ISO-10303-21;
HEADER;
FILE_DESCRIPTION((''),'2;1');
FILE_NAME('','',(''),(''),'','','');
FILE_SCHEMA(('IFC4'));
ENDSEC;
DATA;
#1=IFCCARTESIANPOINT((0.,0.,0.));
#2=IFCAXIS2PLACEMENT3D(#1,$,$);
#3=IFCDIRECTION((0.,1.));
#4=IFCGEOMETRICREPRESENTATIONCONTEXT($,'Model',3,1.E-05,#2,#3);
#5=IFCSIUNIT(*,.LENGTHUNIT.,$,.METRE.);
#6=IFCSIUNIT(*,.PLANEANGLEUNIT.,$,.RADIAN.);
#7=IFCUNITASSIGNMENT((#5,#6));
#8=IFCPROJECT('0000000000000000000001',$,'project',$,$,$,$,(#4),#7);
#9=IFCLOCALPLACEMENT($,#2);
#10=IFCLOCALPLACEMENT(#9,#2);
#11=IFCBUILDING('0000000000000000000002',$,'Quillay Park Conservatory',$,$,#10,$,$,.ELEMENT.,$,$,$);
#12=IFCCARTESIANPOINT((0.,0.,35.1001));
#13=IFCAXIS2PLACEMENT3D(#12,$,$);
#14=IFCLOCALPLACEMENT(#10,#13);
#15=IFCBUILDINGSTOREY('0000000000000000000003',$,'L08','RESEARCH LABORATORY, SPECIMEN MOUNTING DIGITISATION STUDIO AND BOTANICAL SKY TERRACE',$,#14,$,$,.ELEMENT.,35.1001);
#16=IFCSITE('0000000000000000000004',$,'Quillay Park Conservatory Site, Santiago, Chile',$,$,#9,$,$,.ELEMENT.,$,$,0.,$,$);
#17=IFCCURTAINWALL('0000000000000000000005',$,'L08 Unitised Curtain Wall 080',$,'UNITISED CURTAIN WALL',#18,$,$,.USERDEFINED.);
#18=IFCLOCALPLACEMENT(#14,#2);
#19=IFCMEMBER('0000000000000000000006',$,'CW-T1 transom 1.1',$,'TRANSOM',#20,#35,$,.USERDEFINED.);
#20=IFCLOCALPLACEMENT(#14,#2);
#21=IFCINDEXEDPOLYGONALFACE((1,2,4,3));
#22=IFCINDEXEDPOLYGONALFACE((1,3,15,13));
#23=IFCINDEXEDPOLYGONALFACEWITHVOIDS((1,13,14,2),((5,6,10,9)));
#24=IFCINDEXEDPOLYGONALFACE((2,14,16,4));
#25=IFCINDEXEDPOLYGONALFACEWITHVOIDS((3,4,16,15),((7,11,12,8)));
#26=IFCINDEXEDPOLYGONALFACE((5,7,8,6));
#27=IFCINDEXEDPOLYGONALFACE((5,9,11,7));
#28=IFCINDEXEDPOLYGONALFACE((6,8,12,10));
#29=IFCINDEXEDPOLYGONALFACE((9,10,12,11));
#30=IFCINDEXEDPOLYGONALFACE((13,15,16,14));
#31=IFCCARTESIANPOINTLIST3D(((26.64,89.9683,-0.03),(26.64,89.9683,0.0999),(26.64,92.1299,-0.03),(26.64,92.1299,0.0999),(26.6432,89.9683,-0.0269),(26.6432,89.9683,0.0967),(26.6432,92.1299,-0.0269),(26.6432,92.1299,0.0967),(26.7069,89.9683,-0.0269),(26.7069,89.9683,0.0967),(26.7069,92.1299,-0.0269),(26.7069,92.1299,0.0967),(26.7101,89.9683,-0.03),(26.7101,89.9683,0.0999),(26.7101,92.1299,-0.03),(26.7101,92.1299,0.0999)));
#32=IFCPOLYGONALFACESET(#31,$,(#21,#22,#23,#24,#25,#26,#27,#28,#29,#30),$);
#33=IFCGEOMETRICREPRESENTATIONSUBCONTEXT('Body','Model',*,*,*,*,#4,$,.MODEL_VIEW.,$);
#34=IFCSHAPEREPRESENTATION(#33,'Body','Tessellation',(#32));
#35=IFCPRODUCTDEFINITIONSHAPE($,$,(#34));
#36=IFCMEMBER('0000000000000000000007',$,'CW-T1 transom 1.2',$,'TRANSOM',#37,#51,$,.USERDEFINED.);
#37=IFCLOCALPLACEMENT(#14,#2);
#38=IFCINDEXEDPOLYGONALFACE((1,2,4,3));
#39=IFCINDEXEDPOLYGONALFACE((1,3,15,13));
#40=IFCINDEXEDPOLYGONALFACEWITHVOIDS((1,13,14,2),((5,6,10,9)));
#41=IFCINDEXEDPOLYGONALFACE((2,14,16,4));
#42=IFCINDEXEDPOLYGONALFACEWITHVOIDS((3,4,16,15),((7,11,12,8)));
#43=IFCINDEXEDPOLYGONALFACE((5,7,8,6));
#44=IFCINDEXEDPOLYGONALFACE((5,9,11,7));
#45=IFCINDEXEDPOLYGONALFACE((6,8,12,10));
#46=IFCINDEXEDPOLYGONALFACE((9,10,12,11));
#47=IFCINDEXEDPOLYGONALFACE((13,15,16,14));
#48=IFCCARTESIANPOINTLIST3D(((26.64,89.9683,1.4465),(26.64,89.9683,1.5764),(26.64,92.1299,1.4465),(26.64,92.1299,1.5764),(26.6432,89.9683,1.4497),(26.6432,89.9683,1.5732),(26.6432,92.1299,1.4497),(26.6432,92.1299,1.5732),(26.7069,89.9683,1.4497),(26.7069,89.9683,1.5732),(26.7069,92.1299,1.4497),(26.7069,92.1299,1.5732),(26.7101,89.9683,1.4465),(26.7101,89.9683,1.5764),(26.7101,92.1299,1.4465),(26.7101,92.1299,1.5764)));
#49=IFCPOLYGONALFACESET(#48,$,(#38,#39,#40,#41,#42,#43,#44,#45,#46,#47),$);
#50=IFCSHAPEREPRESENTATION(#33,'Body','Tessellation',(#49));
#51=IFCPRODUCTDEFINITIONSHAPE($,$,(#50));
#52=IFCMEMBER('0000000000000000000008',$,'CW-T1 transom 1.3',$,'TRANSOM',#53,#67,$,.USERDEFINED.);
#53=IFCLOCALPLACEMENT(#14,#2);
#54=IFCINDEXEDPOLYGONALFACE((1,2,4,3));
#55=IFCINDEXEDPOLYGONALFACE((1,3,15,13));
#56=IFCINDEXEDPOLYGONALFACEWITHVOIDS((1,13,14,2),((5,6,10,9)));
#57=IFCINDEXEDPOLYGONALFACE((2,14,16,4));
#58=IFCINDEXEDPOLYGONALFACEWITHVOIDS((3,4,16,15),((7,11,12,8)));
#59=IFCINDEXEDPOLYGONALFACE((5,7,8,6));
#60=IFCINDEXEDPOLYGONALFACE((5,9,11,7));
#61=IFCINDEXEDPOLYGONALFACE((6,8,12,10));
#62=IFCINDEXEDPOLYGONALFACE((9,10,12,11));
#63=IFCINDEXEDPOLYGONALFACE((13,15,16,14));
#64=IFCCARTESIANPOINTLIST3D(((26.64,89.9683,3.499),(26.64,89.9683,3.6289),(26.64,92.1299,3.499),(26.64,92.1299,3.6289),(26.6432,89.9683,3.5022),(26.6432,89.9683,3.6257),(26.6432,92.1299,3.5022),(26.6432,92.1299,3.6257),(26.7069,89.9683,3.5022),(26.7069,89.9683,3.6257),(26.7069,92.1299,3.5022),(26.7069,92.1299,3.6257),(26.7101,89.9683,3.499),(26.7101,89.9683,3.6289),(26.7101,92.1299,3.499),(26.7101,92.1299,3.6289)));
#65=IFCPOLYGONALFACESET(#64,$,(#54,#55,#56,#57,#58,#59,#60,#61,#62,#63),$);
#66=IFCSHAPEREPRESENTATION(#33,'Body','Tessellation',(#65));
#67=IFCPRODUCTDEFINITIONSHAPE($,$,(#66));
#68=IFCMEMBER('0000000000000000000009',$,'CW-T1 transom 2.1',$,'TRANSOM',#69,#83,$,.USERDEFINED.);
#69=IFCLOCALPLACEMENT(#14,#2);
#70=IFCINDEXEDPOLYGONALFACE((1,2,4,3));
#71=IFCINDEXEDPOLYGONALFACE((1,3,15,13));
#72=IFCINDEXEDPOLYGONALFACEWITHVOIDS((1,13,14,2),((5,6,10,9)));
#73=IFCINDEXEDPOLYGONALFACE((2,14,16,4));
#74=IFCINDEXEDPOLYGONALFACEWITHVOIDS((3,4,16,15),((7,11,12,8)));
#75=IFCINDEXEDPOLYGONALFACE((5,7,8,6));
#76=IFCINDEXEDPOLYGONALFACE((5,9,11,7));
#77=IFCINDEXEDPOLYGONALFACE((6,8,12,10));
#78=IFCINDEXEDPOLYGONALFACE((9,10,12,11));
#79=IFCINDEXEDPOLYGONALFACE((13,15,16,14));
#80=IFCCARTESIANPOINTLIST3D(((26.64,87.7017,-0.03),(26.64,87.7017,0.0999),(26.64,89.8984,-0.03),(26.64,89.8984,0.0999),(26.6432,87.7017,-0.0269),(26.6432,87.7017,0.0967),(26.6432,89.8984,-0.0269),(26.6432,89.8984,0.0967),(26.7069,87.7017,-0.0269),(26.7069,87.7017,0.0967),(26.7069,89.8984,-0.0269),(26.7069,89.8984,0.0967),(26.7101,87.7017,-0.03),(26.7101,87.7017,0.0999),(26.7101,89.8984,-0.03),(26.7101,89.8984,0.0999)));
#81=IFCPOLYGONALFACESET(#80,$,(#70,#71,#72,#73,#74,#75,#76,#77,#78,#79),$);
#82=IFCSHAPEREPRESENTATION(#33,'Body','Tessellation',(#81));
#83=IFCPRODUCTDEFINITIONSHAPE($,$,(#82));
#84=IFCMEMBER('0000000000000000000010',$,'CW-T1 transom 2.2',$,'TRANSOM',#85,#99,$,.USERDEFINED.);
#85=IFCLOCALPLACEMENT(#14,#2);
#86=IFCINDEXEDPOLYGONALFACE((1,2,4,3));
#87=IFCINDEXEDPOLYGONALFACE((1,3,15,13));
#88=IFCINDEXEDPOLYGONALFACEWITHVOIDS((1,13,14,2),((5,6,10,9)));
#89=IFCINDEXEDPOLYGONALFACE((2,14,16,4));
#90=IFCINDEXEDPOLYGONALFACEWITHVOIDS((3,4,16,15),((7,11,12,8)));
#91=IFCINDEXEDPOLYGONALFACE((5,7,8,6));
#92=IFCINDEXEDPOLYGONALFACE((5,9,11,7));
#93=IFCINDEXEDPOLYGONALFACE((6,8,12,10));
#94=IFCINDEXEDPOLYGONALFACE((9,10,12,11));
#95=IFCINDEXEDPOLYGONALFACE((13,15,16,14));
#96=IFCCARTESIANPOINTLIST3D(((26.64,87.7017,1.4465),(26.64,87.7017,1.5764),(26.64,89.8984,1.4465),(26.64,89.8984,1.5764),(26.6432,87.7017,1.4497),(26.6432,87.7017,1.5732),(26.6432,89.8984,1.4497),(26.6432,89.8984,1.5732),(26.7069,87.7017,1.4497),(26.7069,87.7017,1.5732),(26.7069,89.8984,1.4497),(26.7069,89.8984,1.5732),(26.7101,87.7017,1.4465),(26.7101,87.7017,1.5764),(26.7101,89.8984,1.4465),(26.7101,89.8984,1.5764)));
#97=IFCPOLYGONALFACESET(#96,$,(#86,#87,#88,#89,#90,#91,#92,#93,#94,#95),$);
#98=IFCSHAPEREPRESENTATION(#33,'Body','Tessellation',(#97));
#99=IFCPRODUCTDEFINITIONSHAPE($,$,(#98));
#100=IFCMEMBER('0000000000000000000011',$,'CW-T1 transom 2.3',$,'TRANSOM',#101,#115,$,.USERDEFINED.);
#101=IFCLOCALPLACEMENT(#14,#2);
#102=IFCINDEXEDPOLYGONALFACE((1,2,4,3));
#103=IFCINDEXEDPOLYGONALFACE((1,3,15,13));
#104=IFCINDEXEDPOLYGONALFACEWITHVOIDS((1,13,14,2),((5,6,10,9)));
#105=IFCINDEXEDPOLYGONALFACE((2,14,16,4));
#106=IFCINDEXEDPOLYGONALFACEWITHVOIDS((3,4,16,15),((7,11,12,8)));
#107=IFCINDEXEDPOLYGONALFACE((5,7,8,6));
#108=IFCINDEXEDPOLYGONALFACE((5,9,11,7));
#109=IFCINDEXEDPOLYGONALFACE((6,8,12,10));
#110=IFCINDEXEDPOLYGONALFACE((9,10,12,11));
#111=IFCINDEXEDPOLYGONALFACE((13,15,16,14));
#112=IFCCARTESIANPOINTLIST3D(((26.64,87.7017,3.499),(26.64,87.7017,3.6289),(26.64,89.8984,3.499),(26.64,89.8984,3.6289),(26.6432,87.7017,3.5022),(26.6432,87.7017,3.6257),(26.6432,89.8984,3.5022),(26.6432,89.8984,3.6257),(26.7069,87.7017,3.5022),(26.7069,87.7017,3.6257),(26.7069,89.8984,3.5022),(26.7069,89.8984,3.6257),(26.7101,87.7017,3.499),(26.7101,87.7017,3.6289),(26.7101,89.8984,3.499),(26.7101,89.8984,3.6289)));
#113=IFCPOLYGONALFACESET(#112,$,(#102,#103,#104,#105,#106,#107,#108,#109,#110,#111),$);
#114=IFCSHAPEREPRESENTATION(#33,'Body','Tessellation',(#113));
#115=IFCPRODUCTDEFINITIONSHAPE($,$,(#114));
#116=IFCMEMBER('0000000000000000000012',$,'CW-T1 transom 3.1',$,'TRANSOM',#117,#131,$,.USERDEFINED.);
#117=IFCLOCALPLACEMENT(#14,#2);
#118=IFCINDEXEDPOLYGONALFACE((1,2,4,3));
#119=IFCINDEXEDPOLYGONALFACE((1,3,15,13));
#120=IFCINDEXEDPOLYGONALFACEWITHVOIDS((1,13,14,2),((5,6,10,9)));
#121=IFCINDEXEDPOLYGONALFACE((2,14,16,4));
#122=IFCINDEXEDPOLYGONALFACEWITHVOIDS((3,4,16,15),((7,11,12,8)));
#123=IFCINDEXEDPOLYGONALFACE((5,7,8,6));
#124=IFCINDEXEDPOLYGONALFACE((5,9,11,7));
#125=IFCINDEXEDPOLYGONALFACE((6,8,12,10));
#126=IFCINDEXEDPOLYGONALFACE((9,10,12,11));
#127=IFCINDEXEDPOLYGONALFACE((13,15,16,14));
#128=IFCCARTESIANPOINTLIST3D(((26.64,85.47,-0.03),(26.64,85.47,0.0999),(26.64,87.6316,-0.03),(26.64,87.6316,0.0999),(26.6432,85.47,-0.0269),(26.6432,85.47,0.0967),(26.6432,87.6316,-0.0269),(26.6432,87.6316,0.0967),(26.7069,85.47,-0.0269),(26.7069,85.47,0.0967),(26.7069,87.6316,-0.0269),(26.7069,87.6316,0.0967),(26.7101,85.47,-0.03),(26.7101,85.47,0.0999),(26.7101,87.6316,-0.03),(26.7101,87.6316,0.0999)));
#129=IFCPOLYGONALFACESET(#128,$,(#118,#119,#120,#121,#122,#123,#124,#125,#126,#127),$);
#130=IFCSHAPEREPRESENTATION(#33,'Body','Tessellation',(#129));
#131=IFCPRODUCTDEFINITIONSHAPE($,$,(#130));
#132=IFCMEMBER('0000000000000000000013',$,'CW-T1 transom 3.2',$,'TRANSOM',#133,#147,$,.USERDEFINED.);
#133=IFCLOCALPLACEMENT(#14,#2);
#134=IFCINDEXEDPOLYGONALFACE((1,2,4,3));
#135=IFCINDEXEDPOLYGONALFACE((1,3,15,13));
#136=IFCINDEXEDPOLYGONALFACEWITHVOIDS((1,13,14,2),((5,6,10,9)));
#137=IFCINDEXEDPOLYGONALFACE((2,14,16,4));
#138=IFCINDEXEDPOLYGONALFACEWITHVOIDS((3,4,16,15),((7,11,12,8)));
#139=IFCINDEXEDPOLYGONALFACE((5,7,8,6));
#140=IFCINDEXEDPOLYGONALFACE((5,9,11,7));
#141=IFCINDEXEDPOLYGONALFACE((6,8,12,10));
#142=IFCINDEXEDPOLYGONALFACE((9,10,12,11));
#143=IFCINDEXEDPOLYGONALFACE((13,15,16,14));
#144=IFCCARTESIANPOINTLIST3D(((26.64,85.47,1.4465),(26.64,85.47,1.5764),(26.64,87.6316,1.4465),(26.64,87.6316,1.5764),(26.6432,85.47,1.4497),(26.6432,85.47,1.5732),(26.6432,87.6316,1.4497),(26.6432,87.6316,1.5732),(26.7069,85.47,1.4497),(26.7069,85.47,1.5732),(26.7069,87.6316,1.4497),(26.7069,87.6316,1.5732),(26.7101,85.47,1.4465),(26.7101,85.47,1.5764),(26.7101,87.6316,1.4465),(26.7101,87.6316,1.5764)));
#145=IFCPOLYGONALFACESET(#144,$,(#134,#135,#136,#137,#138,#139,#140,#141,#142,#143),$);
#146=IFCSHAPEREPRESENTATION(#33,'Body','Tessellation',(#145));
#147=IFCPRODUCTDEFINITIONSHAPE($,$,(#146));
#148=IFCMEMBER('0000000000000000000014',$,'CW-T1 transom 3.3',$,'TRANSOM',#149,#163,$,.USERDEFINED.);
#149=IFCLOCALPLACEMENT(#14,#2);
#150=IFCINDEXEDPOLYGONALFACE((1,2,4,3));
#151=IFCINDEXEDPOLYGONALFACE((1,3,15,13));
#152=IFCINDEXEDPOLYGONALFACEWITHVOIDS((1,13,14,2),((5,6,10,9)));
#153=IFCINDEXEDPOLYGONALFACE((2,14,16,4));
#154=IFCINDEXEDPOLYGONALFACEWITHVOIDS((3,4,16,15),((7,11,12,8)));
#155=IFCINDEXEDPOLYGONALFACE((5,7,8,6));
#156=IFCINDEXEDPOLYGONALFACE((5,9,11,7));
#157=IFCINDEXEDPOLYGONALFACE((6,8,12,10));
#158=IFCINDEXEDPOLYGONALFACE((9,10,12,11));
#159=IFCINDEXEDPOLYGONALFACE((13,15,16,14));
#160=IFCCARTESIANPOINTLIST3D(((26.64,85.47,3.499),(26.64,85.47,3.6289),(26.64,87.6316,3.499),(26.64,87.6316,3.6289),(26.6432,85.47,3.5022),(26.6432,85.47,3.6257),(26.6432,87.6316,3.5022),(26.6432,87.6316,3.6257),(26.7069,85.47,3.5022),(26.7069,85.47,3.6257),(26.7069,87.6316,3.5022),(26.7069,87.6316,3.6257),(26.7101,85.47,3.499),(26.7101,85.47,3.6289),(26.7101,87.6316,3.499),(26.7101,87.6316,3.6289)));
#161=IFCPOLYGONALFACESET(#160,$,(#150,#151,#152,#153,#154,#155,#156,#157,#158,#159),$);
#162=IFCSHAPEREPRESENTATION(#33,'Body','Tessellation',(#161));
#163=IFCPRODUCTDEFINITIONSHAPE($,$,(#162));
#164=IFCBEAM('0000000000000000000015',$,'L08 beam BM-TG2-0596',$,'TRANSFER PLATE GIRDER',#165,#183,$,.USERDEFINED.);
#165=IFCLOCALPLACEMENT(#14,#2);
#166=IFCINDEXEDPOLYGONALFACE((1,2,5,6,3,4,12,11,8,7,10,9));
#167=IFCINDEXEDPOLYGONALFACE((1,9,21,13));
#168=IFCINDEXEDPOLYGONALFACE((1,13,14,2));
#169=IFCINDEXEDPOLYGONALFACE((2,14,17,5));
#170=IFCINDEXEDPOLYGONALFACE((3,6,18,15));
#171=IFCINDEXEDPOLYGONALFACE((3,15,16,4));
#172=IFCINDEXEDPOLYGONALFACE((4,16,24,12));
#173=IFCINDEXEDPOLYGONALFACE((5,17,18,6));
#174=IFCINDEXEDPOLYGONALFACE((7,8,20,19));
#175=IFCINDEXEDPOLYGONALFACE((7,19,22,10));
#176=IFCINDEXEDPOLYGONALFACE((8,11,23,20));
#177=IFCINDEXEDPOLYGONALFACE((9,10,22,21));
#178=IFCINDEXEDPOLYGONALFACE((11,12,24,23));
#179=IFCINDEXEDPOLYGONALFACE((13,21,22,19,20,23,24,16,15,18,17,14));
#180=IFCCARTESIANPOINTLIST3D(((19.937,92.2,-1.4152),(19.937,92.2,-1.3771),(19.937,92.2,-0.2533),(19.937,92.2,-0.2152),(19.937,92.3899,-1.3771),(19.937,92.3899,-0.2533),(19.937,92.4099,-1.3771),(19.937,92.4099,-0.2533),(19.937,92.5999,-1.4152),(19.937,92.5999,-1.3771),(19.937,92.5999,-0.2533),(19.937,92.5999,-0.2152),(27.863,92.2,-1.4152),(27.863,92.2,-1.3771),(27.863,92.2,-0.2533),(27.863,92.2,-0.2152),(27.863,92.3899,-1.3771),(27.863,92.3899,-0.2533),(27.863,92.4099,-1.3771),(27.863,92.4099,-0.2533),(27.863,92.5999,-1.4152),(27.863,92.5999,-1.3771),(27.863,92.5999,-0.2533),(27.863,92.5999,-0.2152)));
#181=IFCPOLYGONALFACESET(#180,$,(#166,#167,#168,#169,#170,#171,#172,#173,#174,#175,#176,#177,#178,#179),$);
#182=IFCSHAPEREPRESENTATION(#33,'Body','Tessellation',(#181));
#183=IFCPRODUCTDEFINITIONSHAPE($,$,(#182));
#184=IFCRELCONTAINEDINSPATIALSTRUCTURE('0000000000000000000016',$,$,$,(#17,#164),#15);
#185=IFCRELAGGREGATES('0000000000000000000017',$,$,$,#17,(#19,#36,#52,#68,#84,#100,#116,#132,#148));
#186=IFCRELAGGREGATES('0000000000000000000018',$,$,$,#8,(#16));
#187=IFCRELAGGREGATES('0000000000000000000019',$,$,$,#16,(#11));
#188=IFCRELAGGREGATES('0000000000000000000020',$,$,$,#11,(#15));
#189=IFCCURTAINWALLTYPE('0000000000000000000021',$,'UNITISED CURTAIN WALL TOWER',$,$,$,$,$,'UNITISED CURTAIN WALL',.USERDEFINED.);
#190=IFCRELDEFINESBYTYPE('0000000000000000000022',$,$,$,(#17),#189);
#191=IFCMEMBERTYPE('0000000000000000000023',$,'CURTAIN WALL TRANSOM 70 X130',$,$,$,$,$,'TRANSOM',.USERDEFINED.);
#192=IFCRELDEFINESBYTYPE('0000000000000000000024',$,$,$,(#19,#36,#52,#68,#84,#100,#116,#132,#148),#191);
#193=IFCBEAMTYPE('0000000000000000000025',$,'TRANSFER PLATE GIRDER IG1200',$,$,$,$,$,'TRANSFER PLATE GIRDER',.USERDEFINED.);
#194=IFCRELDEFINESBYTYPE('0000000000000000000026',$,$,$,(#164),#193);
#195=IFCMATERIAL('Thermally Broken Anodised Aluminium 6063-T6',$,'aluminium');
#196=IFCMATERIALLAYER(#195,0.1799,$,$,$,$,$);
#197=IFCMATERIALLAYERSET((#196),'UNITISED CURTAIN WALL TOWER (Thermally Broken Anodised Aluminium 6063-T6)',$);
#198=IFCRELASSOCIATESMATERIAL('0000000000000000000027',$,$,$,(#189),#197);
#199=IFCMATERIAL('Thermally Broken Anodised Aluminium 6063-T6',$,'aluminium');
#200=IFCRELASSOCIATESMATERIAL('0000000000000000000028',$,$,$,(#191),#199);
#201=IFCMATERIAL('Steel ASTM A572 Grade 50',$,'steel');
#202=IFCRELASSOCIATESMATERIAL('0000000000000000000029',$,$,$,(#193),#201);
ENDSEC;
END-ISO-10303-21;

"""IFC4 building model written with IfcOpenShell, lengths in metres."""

from ifc_helpers import new_model, si_unit, direction, frame, origin, origin_2d, place, context, subcontext, project, spatial, hollow_rectangle, i_section, extrude, material, layer, layer_set, material_profile, profile_set, type_object, element, aggregate, save


model = new_model("IFC4")

# Units and contexts
model_context = context("Model", 3, precision=1e-05, world=origin(), true_north=direction((0.0, 1.0)))
body_context = subcontext(model_context, "Body", "Model", "MODEL_VIEW")
ifc_project = project(units=[si_unit("LENGTHUNIT", "METRE"), si_unit("PLANEANGLEUNIT", "RADIAN")], contexts=[model_context])

# Site, building, storey
site_placement = place(None, origin())
site = spatial("IfcSite", under=ifc_project, at=site_placement, Name="Quillay Park Conservatory Site, Santiago, Chile", CompositionType="ELEMENT", RefElevation=0.0)
building_placement = place(site_placement, origin())
building = spatial("IfcBuilding", under=site, at=building_placement, Name="Quillay Park Conservatory", CompositionType="ELEMENT")
storey_placement = place(building_placement, frame((0.0, 0.0, 35.1001)))
storey = spatial("IfcBuildingStorey", under=building, at=storey_placement, Name="L08", Description="RESEARCH LABORATORY, SPECIMEN MOUNTING DIGITISATION STUDIO AND BOTANICAL SKY TERRACE", CompositionType="ELEMENT", Elevation=35.1001)

# Curtain wall, members
ifc_material_1 = material(Name="Thermally Broken Anodised Aluminium 6063-T6", Category="aluminium")
ifc_layer_1 = layer(ifc_material_1, 0.1799)
ifc_layer_set_1 = layer_set([ifc_layer_1], Name="UNITISED CURTAIN WALL TOWER (Thermally Broken Anodised Aluminium 6063-T6)")
curtain_wall_type = type_object("IfcCurtainWallType", Name="UNITISED CURTAIN WALL TOWER", ElementType="UNITISED CURTAIN WALL", PredefinedType="USERDEFINED", material=ifc_layer_set_1)
curtain_wall_placement = place(storey_placement, origin())
curtain_wall = element("IfcCurtainWall", 1, at=curtain_wall_placement, inside=storey, type_object=curtain_wall_type, Name="L08 Unitised Curtain Wall 080", ObjectType="UNITISED CURTAIN WALL", PredefinedType="USERDEFINED")
ifc_material_2 = material(Name="Thermally Broken Anodised Aluminium 6063-T6", Category="aluminium")
ifc_material_profile_1 = material_profile(ifc_material_2, hollow_rectangle(XDim=0.0701, YDim=0.1299, WallThickness=0.0032, at=origin_2d()), Name="AL70x130x3.2")
ifc_profile_set_1 = profile_set([ifc_material_profile_1], Name="Thermally Broken Anodised Aluminium 6063-T6")
member_type_1 = type_object("IfcMemberType", Name="CURTAIN WALL TRANSOM 70 X130", ElementType="TRANSOM", PredefinedType="USERDEFINED", material=ifc_profile_set_1)
member_1_placement = place(storey_placement, frame((26.675, 92.1299, 0.0349), z_axis=(0.0, -1.0, 0.0), x_axis=(1.0, 0.0, 0.0)))
member_1 = element("IfcMember", 2, at=member_1_placement, type_object=member_type_1, Name="CW-T1 transom 1.1", ObjectType="TRANSOM", PredefinedType="USERDEFINED", context=body_context, shape_type="SweptSolid", body=[
    extrude(hollow_rectangle(XDim=0.0701, YDim=0.1299, WallThickness=0.0032, at=origin_2d()), origin(), (0.0, 0.0, 1.0), 2.1616),
])
member_2_placement = place(storey_placement, frame((26.675, 92.1299, 1.5115), z_axis=(0.0, -1.0, 0.0), x_axis=(1.0, 0.0, 0.0)))
member_2 = element("IfcMember", 3, at=member_2_placement, type_object=member_type_1, Name="CW-T1 transom 1.2", ObjectType="TRANSOM", PredefinedType="USERDEFINED", context=body_context, shape_type="SweptSolid", body=[
    extrude(hollow_rectangle(XDim=0.0701, YDim=0.1299, WallThickness=0.0032, at=origin_2d()), origin(), (0.0, 0.0, 1.0), 2.1616),
])
member_3_placement = place(storey_placement, frame((26.675, 92.1299, 3.564), z_axis=(0.0, -1.0, 0.0), x_axis=(1.0, 0.0, 0.0)))
member_3 = element("IfcMember", 4, at=member_3_placement, type_object=member_type_1, Name="CW-T1 transom 1.3", ObjectType="TRANSOM", PredefinedType="USERDEFINED", context=body_context, shape_type="SweptSolid", body=[
    extrude(hollow_rectangle(XDim=0.0701, YDim=0.1299, WallThickness=0.0032, at=origin_2d()), origin(), (0.0, 0.0, 1.0), 2.1616),
])
member_4_placement = place(storey_placement, frame((26.675, 89.8984, 0.0349), z_axis=(0.0, -1.0, 0.0), x_axis=(1.0, 0.0, 0.0)))
member_4 = element("IfcMember", 5, at=member_4_placement, type_object=member_type_1, Name="CW-T1 transom 2.1", ObjectType="TRANSOM", PredefinedType="USERDEFINED", context=body_context, shape_type="SweptSolid", body=[
    extrude(hollow_rectangle(XDim=0.0701, YDim=0.1299, WallThickness=0.0032, at=origin_2d()), origin(), (0.0, 0.0, 1.0), 2.1968),
])
member_5_placement = place(storey_placement, frame((26.675, 89.8984, 1.5115), z_axis=(0.0, -1.0, 0.0), x_axis=(1.0, 0.0, 0.0)))
member_5 = element("IfcMember", 6, at=member_5_placement, type_object=member_type_1, Name="CW-T1 transom 2.2", ObjectType="TRANSOM", PredefinedType="USERDEFINED", context=body_context, shape_type="SweptSolid", body=[
    extrude(hollow_rectangle(XDim=0.0701, YDim=0.1299, WallThickness=0.0032, at=origin_2d()), origin(), (0.0, 0.0, 1.0), 2.1968),
])
member_6_placement = place(storey_placement, frame((26.675, 89.8984, 3.564), z_axis=(0.0, -1.0, 0.0), x_axis=(1.0, 0.0, 0.0)))
member_6 = element("IfcMember", 7, at=member_6_placement, type_object=member_type_1, Name="CW-T1 transom 2.3", ObjectType="TRANSOM", PredefinedType="USERDEFINED", context=body_context, shape_type="SweptSolid", body=[
    extrude(hollow_rectangle(XDim=0.0701, YDim=0.1299, WallThickness=0.0032, at=origin_2d()), origin(), (0.0, 0.0, 1.0), 2.1968),
])
member_7_placement = place(storey_placement, frame((26.675, 87.6316, 0.0349), z_axis=(0.0, -1.0, 0.0), x_axis=(1.0, 0.0, 0.0)))
member_7 = element("IfcMember", 8, at=member_7_placement, type_object=member_type_1, Name="CW-T1 transom 3.1", ObjectType="TRANSOM", PredefinedType="USERDEFINED", context=body_context, shape_type="SweptSolid", body=[
    extrude(hollow_rectangle(XDim=0.0701, YDim=0.1299, WallThickness=0.0032, at=origin_2d()), origin(), (0.0, 0.0, 1.0), 2.1616),
])
member_8_placement = place(storey_placement, frame((26.675, 87.6316, 1.5115), z_axis=(0.0, -1.0, 0.0), x_axis=(1.0, 0.0, 0.0)))
member_8 = element("IfcMember", 9, at=member_8_placement, type_object=member_type_1, Name="CW-T1 transom 3.2", ObjectType="TRANSOM", PredefinedType="USERDEFINED", context=body_context, shape_type="SweptSolid", body=[
    extrude(hollow_rectangle(XDim=0.0701, YDim=0.1299, WallThickness=0.0032, at=origin_2d()), origin(), (0.0, 0.0, 1.0), 2.1616),
])
member_9_placement = place(storey_placement, frame((26.675, 87.6316, 3.564), z_axis=(0.0, -1.0, 0.0), x_axis=(1.0, 0.0, 0.0)))
member_9 = element("IfcMember", 10, at=member_9_placement, type_object=member_type_1, Name="CW-T1 transom 3.3", ObjectType="TRANSOM", PredefinedType="USERDEFINED", context=body_context, shape_type="SweptSolid", body=[
    extrude(hollow_rectangle(XDim=0.0701, YDim=0.1299, WallThickness=0.0032, at=origin_2d()), origin(), (0.0, 0.0, 1.0), 2.1616),
])

# Beam
ifc_material_3 = material(Name="Steel ASTM A572 Grade 50", Category="steel")
ifc_material_profile_2 = material_profile(ifc_material_3, i_section(OverallWidth=0.3999, OverallDepth=1.2, WebThickness=0.02, FlangeThickness=0.0381, at=origin_2d()), Name="IG1200x400")
ifc_profile_set_2 = profile_set([ifc_material_profile_2], Name="Steel ASTM A572 Grade 50")
beam_type_1 = type_object("IfcBeamType", Name="TRANSFER PLATE GIRDER IG1200", ElementType="TRANSFER PLATE GIRDER", PredefinedType="USERDEFINED", material=ifc_profile_set_2)
beam_1_placement = place(storey_placement, frame((19.937, 92.3999, -0.8152), z_axis=(1.0, 0.0, 0.0), x_axis=(0.0, 1.0, 0.0)))
element("IfcBeam", 11, at=beam_1_placement, inside=storey, type_object=beam_type_1, Name="L08 beam BM-TG2-0596", ObjectType="TRANSFER PLATE GIRDER", PredefinedType="USERDEFINED", context=body_context, shape_type="SweptSolid", body=[
    extrude(i_section(OverallWidth=0.3999, OverallDepth=1.2, WebThickness=0.02, FlangeThickness=0.0381, at=origin_2d()), origin(), (0.0, 0.0, 1.0), 7.926),
])

aggregate(curtain_wall, [member_1, member_2, member_3, member_4, member_5, member_6, member_7, member_8, member_9])

save(model, "model.ifc")
